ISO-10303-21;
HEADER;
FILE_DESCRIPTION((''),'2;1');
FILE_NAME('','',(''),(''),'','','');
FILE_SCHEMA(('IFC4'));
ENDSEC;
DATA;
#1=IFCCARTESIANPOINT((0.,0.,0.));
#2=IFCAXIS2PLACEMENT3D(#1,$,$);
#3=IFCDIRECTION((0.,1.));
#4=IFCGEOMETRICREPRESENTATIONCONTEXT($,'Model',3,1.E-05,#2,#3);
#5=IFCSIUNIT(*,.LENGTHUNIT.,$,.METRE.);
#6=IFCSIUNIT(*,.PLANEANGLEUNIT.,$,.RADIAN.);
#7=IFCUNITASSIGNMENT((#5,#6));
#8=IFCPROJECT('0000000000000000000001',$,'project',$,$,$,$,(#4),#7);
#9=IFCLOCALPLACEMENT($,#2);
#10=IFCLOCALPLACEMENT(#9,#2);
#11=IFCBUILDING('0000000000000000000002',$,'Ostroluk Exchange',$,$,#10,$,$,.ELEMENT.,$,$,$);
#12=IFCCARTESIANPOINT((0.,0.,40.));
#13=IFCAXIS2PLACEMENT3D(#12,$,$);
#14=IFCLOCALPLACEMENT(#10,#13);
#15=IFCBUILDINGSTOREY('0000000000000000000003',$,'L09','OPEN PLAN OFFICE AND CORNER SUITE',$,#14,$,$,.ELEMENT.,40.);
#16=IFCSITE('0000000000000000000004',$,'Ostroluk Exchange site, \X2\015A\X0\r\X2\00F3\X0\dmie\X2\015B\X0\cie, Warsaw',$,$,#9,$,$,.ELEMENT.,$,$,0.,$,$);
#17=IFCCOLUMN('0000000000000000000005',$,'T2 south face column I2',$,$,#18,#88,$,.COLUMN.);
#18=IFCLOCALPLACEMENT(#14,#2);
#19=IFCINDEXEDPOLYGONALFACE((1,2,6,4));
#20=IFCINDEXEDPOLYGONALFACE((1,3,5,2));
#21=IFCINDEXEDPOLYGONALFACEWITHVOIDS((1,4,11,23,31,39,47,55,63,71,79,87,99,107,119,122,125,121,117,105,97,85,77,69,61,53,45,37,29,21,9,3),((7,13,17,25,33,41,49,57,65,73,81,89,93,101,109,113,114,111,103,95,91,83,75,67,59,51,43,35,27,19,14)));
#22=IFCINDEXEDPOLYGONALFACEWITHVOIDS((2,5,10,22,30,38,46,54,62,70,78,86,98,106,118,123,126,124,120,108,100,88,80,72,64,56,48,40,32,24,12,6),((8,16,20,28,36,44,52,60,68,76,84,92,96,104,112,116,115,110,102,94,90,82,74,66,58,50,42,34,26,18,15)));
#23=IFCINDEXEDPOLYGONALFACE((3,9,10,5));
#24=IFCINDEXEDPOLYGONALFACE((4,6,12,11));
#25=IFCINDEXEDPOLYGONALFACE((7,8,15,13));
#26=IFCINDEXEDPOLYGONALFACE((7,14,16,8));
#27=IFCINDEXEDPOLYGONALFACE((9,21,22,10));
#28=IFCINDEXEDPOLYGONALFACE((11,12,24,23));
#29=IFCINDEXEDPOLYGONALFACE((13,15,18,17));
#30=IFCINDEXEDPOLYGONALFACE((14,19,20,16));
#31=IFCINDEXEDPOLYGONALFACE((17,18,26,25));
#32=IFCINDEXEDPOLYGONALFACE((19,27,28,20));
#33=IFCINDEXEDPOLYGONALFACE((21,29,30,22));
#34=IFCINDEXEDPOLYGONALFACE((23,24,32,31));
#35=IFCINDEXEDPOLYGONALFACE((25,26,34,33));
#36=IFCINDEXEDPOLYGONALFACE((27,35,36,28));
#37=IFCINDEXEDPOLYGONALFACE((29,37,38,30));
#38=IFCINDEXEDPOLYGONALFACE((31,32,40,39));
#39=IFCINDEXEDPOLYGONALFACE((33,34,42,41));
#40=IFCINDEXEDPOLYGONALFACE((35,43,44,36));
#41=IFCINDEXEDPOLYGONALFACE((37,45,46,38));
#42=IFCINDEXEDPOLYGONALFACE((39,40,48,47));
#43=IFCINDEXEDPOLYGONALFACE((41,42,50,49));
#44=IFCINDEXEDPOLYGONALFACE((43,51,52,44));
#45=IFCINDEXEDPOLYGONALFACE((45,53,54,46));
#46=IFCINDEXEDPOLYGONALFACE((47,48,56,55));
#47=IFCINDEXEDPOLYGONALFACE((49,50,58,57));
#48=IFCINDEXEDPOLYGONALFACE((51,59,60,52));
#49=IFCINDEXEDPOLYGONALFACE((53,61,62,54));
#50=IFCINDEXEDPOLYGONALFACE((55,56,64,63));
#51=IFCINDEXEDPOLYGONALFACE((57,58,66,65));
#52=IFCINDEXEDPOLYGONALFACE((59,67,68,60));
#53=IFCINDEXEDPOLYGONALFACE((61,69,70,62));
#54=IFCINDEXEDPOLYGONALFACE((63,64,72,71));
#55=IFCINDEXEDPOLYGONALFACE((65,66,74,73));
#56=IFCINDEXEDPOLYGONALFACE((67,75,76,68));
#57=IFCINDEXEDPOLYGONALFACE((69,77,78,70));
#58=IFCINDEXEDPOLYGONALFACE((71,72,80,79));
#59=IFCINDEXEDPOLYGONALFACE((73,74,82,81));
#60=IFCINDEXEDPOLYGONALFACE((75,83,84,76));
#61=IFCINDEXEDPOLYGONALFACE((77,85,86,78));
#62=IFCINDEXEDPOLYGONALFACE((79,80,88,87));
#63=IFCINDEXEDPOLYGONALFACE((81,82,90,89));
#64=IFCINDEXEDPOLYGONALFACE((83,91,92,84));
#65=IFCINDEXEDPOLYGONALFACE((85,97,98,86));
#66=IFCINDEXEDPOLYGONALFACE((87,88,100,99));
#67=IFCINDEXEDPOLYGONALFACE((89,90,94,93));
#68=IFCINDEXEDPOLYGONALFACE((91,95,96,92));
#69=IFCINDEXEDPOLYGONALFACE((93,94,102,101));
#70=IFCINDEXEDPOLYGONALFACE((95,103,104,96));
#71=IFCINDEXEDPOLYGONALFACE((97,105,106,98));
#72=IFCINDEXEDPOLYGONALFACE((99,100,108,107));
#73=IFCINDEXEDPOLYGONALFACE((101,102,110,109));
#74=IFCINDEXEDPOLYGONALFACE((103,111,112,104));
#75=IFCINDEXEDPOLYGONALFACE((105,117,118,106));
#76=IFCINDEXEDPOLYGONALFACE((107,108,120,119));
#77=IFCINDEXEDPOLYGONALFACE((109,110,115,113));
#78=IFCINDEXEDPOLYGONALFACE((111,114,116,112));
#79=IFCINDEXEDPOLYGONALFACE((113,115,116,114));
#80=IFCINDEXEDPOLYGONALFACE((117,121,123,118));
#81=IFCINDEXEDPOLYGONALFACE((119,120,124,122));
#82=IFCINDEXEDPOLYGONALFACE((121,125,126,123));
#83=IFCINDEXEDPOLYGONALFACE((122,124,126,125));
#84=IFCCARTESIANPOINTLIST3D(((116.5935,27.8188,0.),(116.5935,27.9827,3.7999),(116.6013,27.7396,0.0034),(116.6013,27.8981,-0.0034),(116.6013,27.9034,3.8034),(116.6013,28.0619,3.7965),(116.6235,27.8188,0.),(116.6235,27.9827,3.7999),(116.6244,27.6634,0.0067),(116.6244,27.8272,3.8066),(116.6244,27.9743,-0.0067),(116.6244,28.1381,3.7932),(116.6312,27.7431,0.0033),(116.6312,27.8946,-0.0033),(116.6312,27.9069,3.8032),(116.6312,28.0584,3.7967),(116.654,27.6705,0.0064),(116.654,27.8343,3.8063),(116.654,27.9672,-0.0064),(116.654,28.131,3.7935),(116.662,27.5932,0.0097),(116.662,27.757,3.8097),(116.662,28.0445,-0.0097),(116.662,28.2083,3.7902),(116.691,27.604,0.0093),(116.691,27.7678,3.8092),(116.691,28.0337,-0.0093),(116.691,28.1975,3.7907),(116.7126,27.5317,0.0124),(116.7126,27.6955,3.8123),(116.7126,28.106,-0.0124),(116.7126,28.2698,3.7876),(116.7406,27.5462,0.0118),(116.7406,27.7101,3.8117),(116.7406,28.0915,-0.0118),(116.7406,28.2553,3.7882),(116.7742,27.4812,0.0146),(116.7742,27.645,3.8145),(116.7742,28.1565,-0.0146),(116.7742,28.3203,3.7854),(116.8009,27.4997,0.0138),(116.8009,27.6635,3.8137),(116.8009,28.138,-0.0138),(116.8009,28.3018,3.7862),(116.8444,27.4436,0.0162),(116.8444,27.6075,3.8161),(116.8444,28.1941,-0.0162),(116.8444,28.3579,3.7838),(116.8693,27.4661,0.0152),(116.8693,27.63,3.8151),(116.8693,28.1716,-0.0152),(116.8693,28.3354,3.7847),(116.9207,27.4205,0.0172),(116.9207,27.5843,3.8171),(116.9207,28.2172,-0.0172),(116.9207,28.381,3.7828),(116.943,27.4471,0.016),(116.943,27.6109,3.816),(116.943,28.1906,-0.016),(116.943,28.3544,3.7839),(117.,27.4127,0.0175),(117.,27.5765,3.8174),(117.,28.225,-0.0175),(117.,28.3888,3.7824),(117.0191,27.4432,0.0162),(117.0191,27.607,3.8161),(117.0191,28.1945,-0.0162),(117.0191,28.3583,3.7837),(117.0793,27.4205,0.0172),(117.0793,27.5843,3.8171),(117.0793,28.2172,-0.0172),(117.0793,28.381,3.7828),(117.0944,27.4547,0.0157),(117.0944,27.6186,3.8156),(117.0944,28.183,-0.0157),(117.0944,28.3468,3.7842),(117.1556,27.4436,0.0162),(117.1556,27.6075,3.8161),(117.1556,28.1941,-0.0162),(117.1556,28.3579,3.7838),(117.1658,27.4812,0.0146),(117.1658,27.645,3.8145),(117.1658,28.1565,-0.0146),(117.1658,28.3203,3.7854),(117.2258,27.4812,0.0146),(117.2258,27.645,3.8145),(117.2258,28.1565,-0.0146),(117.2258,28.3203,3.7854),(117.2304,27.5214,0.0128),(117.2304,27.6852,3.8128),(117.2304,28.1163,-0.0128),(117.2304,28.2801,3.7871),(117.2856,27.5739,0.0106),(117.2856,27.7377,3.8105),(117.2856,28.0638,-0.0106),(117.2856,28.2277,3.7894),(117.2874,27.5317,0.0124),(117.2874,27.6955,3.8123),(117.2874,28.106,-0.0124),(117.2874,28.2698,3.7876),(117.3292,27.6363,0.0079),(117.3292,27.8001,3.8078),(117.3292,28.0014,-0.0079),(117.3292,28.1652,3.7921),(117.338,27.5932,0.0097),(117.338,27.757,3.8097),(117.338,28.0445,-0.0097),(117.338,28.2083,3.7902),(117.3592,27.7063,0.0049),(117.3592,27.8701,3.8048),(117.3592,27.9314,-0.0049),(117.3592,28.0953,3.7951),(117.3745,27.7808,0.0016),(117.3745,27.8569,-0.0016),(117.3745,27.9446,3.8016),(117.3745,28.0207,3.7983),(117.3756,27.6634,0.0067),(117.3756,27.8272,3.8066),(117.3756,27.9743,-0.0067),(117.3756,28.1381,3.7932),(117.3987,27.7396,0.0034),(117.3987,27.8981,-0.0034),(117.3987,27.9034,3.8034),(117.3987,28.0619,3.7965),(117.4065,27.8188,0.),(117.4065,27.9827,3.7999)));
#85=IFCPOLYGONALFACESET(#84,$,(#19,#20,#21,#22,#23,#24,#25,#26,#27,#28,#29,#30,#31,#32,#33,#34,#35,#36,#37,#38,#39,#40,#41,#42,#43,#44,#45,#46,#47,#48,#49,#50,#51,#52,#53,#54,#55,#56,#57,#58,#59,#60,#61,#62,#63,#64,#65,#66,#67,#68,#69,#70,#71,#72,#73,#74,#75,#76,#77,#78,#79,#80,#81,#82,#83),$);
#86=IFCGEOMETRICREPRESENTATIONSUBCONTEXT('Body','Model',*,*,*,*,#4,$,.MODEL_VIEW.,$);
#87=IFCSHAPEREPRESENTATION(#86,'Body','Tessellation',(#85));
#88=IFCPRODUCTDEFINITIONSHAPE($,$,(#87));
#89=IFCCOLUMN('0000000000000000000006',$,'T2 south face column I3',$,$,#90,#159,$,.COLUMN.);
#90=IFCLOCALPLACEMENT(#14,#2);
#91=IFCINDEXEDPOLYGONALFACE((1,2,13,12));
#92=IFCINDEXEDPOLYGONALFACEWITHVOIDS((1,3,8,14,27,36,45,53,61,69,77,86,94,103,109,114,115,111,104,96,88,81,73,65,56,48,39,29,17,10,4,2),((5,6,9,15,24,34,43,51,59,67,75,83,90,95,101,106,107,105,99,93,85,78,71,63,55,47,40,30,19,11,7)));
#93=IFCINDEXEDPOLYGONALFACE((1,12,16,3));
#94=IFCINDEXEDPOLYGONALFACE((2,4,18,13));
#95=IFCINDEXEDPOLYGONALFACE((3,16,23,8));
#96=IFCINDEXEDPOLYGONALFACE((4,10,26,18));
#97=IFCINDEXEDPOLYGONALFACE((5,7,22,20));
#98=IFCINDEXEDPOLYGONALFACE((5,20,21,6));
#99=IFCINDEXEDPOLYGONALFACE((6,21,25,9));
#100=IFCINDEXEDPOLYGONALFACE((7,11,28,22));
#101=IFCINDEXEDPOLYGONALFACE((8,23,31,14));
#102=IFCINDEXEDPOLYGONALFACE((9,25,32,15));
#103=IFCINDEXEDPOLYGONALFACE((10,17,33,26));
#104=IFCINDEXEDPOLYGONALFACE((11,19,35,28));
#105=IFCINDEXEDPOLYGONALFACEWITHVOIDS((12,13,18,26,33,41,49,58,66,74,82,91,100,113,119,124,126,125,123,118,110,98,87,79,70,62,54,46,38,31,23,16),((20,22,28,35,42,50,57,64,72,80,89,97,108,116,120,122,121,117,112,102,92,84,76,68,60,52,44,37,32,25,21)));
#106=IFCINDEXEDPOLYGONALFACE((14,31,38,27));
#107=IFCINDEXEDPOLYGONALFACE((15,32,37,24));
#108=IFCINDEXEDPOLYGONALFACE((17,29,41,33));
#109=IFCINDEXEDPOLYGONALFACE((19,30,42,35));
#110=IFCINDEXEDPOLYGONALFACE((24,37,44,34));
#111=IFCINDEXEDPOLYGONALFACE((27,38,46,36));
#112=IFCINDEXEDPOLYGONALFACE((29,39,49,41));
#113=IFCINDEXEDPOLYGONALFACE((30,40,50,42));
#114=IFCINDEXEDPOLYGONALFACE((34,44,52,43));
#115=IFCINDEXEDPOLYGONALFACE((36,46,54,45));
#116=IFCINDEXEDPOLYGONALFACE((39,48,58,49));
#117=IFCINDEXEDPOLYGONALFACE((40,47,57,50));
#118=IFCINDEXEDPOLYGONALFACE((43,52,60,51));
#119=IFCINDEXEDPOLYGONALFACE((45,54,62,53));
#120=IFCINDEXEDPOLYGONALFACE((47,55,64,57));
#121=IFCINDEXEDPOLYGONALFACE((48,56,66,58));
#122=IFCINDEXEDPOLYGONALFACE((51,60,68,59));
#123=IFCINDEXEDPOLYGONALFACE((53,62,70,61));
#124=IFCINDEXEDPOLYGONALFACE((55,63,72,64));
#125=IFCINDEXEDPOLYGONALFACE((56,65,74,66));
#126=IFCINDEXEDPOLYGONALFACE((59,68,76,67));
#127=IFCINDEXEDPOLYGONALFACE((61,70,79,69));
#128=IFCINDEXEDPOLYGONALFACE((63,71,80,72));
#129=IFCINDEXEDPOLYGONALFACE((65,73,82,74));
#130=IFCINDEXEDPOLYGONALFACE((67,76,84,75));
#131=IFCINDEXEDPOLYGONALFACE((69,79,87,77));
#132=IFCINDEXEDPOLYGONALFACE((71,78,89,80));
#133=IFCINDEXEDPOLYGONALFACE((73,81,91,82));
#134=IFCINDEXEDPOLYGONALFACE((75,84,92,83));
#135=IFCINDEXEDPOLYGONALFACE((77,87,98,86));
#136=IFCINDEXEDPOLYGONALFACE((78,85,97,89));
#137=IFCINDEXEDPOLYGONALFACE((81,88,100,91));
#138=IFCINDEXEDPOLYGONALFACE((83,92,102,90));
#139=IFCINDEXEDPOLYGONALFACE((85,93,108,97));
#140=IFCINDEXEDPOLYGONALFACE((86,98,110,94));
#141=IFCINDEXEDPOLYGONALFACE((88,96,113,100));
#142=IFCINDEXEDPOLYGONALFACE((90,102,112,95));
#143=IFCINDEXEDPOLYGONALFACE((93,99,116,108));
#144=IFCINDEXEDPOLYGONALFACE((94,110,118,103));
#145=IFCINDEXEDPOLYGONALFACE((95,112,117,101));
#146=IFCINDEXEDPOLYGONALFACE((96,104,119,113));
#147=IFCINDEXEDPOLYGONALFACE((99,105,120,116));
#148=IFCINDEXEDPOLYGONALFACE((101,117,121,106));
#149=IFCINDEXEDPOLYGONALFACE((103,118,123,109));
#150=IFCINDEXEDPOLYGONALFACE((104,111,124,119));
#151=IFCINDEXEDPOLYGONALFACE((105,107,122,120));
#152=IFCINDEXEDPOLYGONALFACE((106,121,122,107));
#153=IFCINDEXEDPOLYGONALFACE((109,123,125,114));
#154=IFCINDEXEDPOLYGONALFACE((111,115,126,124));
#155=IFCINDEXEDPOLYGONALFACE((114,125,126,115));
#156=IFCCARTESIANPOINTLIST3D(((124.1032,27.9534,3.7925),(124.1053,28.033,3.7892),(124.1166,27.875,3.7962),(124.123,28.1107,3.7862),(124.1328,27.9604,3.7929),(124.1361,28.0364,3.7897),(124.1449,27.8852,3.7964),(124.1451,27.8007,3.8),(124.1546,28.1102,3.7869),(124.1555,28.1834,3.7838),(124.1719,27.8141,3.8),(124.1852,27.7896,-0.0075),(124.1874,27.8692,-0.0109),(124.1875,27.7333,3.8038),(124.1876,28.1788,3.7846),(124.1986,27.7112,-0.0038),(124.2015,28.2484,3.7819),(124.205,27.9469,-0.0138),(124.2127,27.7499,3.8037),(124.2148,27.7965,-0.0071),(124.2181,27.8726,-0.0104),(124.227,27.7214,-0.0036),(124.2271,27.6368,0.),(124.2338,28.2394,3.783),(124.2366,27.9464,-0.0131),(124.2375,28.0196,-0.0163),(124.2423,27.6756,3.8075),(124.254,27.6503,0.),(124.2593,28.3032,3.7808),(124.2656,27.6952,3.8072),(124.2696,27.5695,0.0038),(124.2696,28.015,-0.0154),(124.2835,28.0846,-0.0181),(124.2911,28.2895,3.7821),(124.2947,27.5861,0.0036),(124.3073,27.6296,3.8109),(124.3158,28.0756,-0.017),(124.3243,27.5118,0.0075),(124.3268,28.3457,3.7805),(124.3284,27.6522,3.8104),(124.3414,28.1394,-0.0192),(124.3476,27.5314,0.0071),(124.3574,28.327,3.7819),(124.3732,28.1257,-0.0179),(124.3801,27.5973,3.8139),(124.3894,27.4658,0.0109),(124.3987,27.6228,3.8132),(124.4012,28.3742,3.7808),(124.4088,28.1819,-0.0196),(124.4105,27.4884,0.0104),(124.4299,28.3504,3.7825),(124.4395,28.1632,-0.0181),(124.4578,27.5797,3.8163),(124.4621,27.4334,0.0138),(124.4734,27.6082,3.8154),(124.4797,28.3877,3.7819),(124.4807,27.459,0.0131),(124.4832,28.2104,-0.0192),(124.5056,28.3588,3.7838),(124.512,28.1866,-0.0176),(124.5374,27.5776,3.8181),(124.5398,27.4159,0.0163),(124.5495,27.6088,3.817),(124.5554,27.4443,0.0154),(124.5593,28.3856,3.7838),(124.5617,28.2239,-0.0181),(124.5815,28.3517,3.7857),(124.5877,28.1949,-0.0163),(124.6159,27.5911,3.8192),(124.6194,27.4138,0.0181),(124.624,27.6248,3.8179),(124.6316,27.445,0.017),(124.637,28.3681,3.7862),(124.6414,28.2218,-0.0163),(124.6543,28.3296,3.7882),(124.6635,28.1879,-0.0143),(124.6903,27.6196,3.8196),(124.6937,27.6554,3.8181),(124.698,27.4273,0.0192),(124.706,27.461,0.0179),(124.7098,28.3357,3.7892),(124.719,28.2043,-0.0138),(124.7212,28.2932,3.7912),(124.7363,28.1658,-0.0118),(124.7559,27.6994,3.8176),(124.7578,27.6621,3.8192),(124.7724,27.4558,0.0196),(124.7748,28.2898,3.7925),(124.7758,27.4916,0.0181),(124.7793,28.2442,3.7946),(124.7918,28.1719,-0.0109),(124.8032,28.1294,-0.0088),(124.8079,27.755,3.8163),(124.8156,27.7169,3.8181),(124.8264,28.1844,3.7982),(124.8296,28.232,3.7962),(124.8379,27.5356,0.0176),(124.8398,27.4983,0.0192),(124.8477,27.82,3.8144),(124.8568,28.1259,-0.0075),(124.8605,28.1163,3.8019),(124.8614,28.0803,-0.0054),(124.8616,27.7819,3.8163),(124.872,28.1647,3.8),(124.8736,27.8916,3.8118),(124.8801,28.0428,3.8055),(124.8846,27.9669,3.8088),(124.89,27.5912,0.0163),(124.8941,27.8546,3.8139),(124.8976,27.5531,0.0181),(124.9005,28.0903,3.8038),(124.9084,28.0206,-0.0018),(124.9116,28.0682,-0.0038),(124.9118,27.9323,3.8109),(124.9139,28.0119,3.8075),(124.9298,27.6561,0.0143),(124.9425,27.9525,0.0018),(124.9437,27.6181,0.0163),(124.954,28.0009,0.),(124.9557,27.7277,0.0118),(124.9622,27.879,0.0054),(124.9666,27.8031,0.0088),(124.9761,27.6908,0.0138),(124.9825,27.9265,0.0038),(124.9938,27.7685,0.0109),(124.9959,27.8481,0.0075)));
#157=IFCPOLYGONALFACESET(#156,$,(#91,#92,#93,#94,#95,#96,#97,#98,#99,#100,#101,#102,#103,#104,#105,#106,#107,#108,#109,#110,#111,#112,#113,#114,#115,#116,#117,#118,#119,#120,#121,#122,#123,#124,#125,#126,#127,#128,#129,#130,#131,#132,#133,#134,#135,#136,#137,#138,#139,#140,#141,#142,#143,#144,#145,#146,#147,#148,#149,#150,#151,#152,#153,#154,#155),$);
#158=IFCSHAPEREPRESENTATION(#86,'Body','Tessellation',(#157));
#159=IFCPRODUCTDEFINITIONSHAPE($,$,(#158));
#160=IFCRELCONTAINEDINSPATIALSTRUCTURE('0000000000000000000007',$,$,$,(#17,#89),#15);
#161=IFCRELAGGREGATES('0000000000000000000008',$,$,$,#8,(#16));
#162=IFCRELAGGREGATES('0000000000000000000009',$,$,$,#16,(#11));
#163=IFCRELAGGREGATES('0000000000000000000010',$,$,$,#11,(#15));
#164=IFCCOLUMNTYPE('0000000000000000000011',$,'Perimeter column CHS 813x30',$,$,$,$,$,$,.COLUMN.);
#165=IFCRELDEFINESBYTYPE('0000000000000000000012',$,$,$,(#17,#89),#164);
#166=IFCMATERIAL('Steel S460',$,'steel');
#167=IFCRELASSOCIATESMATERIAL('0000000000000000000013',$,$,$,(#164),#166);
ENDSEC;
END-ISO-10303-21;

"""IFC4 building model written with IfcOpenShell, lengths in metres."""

from ifc_helpers import new_model, si_unit, direction, frame, origin, origin_2d, place, context, subcontext, project, spatial, hollow_circle, extrude, material, material_profile, profile_set, type_object, element, save


model = new_model("IFC4")

# Units and contexts
model_context = context("Model", 3, precision=1e-05, world=origin(), true_north=direction((0.0, 1.0)))
body_context = subcontext(model_context, "Body", "Model", "MODEL_VIEW")
ifc_project = project(units=[si_unit("LENGTHUNIT", "METRE"), si_unit("PLANEANGLEUNIT", "RADIAN")], contexts=[model_context])

# Site, building, storey
site_placement = place(None, origin())
site = spatial("IfcSite", under=ifc_project, at=site_placement, Name="Ostroluk Exchange site, Śródmieście, Warsaw", CompositionType="ELEMENT", RefElevation=0.0)
building_placement = place(site_placement, origin())
building = spatial("IfcBuilding", under=site, at=building_placement, Name="Ostroluk Exchange", CompositionType="ELEMENT")
storey_placement = place(building_placement, frame((0.0, 0.0, 40.0)))
storey = spatial("IfcBuildingStorey", under=building, at=storey_placement, Name="L09", Description="OPEN PLAN OFFICE AND CORNER SUITE", CompositionType="ELEMENT", Elevation=40.0)

# Columns
ifc_material_1 = material(Name="Steel S460", Category="steel")
ifc_material_profile_1 = material_profile(ifc_material_1, hollow_circle(Radius=0.4065, WallThickness=0.03, at=origin_2d()), Name="CHS 813x30")
ifc_profile_set_1 = profile_set([ifc_material_profile_1], Name="Steel S460")
column_type = type_object("IfcColumnType", Name="Perimeter column CHS 813x30", PredefinedType="COLUMN", material=ifc_profile_set_1)
column_1_placement = place(storey_placement, frame((117.0, 27.8188, 0.0), z_axis=(0.0, 0.04307, 0.999072), x_axis=(-1.0, 0.0, 0.0)))
element("IfcColumn", 1, at=column_1_placement, inside=storey, type_object=column_type, Name="T2 south face column I2", PredefinedType="COLUMN", context=body_context, shape_type="SweptSolid", body=[
    extrude(hollow_circle(Radius=0.4065, WallThickness=0.03, at=origin_2d()), origin(), (0.0, 0.0, 1.0), 3.8035),
])
column_2_placement = place(storey_placement, frame((124.5906, 27.8188, 0.0), z_axis=(-0.021562, 0.04306, 0.99884), x_axis=(-0.894161, -0.447747, 0.0)))
element("IfcColumn", 2, at=column_2_placement, inside=storey, type_object=column_type, Name="T2 south face column I3", PredefinedType="COLUMN", context=body_context, shape_type="SweptSolid", body=[
    extrude(hollow_circle(Radius=0.4065, WallThickness=0.03, at=origin_2d()), origin(), (0.0, 0.0, 1.0), 3.8044),
])

save(model, "model.ifc")
